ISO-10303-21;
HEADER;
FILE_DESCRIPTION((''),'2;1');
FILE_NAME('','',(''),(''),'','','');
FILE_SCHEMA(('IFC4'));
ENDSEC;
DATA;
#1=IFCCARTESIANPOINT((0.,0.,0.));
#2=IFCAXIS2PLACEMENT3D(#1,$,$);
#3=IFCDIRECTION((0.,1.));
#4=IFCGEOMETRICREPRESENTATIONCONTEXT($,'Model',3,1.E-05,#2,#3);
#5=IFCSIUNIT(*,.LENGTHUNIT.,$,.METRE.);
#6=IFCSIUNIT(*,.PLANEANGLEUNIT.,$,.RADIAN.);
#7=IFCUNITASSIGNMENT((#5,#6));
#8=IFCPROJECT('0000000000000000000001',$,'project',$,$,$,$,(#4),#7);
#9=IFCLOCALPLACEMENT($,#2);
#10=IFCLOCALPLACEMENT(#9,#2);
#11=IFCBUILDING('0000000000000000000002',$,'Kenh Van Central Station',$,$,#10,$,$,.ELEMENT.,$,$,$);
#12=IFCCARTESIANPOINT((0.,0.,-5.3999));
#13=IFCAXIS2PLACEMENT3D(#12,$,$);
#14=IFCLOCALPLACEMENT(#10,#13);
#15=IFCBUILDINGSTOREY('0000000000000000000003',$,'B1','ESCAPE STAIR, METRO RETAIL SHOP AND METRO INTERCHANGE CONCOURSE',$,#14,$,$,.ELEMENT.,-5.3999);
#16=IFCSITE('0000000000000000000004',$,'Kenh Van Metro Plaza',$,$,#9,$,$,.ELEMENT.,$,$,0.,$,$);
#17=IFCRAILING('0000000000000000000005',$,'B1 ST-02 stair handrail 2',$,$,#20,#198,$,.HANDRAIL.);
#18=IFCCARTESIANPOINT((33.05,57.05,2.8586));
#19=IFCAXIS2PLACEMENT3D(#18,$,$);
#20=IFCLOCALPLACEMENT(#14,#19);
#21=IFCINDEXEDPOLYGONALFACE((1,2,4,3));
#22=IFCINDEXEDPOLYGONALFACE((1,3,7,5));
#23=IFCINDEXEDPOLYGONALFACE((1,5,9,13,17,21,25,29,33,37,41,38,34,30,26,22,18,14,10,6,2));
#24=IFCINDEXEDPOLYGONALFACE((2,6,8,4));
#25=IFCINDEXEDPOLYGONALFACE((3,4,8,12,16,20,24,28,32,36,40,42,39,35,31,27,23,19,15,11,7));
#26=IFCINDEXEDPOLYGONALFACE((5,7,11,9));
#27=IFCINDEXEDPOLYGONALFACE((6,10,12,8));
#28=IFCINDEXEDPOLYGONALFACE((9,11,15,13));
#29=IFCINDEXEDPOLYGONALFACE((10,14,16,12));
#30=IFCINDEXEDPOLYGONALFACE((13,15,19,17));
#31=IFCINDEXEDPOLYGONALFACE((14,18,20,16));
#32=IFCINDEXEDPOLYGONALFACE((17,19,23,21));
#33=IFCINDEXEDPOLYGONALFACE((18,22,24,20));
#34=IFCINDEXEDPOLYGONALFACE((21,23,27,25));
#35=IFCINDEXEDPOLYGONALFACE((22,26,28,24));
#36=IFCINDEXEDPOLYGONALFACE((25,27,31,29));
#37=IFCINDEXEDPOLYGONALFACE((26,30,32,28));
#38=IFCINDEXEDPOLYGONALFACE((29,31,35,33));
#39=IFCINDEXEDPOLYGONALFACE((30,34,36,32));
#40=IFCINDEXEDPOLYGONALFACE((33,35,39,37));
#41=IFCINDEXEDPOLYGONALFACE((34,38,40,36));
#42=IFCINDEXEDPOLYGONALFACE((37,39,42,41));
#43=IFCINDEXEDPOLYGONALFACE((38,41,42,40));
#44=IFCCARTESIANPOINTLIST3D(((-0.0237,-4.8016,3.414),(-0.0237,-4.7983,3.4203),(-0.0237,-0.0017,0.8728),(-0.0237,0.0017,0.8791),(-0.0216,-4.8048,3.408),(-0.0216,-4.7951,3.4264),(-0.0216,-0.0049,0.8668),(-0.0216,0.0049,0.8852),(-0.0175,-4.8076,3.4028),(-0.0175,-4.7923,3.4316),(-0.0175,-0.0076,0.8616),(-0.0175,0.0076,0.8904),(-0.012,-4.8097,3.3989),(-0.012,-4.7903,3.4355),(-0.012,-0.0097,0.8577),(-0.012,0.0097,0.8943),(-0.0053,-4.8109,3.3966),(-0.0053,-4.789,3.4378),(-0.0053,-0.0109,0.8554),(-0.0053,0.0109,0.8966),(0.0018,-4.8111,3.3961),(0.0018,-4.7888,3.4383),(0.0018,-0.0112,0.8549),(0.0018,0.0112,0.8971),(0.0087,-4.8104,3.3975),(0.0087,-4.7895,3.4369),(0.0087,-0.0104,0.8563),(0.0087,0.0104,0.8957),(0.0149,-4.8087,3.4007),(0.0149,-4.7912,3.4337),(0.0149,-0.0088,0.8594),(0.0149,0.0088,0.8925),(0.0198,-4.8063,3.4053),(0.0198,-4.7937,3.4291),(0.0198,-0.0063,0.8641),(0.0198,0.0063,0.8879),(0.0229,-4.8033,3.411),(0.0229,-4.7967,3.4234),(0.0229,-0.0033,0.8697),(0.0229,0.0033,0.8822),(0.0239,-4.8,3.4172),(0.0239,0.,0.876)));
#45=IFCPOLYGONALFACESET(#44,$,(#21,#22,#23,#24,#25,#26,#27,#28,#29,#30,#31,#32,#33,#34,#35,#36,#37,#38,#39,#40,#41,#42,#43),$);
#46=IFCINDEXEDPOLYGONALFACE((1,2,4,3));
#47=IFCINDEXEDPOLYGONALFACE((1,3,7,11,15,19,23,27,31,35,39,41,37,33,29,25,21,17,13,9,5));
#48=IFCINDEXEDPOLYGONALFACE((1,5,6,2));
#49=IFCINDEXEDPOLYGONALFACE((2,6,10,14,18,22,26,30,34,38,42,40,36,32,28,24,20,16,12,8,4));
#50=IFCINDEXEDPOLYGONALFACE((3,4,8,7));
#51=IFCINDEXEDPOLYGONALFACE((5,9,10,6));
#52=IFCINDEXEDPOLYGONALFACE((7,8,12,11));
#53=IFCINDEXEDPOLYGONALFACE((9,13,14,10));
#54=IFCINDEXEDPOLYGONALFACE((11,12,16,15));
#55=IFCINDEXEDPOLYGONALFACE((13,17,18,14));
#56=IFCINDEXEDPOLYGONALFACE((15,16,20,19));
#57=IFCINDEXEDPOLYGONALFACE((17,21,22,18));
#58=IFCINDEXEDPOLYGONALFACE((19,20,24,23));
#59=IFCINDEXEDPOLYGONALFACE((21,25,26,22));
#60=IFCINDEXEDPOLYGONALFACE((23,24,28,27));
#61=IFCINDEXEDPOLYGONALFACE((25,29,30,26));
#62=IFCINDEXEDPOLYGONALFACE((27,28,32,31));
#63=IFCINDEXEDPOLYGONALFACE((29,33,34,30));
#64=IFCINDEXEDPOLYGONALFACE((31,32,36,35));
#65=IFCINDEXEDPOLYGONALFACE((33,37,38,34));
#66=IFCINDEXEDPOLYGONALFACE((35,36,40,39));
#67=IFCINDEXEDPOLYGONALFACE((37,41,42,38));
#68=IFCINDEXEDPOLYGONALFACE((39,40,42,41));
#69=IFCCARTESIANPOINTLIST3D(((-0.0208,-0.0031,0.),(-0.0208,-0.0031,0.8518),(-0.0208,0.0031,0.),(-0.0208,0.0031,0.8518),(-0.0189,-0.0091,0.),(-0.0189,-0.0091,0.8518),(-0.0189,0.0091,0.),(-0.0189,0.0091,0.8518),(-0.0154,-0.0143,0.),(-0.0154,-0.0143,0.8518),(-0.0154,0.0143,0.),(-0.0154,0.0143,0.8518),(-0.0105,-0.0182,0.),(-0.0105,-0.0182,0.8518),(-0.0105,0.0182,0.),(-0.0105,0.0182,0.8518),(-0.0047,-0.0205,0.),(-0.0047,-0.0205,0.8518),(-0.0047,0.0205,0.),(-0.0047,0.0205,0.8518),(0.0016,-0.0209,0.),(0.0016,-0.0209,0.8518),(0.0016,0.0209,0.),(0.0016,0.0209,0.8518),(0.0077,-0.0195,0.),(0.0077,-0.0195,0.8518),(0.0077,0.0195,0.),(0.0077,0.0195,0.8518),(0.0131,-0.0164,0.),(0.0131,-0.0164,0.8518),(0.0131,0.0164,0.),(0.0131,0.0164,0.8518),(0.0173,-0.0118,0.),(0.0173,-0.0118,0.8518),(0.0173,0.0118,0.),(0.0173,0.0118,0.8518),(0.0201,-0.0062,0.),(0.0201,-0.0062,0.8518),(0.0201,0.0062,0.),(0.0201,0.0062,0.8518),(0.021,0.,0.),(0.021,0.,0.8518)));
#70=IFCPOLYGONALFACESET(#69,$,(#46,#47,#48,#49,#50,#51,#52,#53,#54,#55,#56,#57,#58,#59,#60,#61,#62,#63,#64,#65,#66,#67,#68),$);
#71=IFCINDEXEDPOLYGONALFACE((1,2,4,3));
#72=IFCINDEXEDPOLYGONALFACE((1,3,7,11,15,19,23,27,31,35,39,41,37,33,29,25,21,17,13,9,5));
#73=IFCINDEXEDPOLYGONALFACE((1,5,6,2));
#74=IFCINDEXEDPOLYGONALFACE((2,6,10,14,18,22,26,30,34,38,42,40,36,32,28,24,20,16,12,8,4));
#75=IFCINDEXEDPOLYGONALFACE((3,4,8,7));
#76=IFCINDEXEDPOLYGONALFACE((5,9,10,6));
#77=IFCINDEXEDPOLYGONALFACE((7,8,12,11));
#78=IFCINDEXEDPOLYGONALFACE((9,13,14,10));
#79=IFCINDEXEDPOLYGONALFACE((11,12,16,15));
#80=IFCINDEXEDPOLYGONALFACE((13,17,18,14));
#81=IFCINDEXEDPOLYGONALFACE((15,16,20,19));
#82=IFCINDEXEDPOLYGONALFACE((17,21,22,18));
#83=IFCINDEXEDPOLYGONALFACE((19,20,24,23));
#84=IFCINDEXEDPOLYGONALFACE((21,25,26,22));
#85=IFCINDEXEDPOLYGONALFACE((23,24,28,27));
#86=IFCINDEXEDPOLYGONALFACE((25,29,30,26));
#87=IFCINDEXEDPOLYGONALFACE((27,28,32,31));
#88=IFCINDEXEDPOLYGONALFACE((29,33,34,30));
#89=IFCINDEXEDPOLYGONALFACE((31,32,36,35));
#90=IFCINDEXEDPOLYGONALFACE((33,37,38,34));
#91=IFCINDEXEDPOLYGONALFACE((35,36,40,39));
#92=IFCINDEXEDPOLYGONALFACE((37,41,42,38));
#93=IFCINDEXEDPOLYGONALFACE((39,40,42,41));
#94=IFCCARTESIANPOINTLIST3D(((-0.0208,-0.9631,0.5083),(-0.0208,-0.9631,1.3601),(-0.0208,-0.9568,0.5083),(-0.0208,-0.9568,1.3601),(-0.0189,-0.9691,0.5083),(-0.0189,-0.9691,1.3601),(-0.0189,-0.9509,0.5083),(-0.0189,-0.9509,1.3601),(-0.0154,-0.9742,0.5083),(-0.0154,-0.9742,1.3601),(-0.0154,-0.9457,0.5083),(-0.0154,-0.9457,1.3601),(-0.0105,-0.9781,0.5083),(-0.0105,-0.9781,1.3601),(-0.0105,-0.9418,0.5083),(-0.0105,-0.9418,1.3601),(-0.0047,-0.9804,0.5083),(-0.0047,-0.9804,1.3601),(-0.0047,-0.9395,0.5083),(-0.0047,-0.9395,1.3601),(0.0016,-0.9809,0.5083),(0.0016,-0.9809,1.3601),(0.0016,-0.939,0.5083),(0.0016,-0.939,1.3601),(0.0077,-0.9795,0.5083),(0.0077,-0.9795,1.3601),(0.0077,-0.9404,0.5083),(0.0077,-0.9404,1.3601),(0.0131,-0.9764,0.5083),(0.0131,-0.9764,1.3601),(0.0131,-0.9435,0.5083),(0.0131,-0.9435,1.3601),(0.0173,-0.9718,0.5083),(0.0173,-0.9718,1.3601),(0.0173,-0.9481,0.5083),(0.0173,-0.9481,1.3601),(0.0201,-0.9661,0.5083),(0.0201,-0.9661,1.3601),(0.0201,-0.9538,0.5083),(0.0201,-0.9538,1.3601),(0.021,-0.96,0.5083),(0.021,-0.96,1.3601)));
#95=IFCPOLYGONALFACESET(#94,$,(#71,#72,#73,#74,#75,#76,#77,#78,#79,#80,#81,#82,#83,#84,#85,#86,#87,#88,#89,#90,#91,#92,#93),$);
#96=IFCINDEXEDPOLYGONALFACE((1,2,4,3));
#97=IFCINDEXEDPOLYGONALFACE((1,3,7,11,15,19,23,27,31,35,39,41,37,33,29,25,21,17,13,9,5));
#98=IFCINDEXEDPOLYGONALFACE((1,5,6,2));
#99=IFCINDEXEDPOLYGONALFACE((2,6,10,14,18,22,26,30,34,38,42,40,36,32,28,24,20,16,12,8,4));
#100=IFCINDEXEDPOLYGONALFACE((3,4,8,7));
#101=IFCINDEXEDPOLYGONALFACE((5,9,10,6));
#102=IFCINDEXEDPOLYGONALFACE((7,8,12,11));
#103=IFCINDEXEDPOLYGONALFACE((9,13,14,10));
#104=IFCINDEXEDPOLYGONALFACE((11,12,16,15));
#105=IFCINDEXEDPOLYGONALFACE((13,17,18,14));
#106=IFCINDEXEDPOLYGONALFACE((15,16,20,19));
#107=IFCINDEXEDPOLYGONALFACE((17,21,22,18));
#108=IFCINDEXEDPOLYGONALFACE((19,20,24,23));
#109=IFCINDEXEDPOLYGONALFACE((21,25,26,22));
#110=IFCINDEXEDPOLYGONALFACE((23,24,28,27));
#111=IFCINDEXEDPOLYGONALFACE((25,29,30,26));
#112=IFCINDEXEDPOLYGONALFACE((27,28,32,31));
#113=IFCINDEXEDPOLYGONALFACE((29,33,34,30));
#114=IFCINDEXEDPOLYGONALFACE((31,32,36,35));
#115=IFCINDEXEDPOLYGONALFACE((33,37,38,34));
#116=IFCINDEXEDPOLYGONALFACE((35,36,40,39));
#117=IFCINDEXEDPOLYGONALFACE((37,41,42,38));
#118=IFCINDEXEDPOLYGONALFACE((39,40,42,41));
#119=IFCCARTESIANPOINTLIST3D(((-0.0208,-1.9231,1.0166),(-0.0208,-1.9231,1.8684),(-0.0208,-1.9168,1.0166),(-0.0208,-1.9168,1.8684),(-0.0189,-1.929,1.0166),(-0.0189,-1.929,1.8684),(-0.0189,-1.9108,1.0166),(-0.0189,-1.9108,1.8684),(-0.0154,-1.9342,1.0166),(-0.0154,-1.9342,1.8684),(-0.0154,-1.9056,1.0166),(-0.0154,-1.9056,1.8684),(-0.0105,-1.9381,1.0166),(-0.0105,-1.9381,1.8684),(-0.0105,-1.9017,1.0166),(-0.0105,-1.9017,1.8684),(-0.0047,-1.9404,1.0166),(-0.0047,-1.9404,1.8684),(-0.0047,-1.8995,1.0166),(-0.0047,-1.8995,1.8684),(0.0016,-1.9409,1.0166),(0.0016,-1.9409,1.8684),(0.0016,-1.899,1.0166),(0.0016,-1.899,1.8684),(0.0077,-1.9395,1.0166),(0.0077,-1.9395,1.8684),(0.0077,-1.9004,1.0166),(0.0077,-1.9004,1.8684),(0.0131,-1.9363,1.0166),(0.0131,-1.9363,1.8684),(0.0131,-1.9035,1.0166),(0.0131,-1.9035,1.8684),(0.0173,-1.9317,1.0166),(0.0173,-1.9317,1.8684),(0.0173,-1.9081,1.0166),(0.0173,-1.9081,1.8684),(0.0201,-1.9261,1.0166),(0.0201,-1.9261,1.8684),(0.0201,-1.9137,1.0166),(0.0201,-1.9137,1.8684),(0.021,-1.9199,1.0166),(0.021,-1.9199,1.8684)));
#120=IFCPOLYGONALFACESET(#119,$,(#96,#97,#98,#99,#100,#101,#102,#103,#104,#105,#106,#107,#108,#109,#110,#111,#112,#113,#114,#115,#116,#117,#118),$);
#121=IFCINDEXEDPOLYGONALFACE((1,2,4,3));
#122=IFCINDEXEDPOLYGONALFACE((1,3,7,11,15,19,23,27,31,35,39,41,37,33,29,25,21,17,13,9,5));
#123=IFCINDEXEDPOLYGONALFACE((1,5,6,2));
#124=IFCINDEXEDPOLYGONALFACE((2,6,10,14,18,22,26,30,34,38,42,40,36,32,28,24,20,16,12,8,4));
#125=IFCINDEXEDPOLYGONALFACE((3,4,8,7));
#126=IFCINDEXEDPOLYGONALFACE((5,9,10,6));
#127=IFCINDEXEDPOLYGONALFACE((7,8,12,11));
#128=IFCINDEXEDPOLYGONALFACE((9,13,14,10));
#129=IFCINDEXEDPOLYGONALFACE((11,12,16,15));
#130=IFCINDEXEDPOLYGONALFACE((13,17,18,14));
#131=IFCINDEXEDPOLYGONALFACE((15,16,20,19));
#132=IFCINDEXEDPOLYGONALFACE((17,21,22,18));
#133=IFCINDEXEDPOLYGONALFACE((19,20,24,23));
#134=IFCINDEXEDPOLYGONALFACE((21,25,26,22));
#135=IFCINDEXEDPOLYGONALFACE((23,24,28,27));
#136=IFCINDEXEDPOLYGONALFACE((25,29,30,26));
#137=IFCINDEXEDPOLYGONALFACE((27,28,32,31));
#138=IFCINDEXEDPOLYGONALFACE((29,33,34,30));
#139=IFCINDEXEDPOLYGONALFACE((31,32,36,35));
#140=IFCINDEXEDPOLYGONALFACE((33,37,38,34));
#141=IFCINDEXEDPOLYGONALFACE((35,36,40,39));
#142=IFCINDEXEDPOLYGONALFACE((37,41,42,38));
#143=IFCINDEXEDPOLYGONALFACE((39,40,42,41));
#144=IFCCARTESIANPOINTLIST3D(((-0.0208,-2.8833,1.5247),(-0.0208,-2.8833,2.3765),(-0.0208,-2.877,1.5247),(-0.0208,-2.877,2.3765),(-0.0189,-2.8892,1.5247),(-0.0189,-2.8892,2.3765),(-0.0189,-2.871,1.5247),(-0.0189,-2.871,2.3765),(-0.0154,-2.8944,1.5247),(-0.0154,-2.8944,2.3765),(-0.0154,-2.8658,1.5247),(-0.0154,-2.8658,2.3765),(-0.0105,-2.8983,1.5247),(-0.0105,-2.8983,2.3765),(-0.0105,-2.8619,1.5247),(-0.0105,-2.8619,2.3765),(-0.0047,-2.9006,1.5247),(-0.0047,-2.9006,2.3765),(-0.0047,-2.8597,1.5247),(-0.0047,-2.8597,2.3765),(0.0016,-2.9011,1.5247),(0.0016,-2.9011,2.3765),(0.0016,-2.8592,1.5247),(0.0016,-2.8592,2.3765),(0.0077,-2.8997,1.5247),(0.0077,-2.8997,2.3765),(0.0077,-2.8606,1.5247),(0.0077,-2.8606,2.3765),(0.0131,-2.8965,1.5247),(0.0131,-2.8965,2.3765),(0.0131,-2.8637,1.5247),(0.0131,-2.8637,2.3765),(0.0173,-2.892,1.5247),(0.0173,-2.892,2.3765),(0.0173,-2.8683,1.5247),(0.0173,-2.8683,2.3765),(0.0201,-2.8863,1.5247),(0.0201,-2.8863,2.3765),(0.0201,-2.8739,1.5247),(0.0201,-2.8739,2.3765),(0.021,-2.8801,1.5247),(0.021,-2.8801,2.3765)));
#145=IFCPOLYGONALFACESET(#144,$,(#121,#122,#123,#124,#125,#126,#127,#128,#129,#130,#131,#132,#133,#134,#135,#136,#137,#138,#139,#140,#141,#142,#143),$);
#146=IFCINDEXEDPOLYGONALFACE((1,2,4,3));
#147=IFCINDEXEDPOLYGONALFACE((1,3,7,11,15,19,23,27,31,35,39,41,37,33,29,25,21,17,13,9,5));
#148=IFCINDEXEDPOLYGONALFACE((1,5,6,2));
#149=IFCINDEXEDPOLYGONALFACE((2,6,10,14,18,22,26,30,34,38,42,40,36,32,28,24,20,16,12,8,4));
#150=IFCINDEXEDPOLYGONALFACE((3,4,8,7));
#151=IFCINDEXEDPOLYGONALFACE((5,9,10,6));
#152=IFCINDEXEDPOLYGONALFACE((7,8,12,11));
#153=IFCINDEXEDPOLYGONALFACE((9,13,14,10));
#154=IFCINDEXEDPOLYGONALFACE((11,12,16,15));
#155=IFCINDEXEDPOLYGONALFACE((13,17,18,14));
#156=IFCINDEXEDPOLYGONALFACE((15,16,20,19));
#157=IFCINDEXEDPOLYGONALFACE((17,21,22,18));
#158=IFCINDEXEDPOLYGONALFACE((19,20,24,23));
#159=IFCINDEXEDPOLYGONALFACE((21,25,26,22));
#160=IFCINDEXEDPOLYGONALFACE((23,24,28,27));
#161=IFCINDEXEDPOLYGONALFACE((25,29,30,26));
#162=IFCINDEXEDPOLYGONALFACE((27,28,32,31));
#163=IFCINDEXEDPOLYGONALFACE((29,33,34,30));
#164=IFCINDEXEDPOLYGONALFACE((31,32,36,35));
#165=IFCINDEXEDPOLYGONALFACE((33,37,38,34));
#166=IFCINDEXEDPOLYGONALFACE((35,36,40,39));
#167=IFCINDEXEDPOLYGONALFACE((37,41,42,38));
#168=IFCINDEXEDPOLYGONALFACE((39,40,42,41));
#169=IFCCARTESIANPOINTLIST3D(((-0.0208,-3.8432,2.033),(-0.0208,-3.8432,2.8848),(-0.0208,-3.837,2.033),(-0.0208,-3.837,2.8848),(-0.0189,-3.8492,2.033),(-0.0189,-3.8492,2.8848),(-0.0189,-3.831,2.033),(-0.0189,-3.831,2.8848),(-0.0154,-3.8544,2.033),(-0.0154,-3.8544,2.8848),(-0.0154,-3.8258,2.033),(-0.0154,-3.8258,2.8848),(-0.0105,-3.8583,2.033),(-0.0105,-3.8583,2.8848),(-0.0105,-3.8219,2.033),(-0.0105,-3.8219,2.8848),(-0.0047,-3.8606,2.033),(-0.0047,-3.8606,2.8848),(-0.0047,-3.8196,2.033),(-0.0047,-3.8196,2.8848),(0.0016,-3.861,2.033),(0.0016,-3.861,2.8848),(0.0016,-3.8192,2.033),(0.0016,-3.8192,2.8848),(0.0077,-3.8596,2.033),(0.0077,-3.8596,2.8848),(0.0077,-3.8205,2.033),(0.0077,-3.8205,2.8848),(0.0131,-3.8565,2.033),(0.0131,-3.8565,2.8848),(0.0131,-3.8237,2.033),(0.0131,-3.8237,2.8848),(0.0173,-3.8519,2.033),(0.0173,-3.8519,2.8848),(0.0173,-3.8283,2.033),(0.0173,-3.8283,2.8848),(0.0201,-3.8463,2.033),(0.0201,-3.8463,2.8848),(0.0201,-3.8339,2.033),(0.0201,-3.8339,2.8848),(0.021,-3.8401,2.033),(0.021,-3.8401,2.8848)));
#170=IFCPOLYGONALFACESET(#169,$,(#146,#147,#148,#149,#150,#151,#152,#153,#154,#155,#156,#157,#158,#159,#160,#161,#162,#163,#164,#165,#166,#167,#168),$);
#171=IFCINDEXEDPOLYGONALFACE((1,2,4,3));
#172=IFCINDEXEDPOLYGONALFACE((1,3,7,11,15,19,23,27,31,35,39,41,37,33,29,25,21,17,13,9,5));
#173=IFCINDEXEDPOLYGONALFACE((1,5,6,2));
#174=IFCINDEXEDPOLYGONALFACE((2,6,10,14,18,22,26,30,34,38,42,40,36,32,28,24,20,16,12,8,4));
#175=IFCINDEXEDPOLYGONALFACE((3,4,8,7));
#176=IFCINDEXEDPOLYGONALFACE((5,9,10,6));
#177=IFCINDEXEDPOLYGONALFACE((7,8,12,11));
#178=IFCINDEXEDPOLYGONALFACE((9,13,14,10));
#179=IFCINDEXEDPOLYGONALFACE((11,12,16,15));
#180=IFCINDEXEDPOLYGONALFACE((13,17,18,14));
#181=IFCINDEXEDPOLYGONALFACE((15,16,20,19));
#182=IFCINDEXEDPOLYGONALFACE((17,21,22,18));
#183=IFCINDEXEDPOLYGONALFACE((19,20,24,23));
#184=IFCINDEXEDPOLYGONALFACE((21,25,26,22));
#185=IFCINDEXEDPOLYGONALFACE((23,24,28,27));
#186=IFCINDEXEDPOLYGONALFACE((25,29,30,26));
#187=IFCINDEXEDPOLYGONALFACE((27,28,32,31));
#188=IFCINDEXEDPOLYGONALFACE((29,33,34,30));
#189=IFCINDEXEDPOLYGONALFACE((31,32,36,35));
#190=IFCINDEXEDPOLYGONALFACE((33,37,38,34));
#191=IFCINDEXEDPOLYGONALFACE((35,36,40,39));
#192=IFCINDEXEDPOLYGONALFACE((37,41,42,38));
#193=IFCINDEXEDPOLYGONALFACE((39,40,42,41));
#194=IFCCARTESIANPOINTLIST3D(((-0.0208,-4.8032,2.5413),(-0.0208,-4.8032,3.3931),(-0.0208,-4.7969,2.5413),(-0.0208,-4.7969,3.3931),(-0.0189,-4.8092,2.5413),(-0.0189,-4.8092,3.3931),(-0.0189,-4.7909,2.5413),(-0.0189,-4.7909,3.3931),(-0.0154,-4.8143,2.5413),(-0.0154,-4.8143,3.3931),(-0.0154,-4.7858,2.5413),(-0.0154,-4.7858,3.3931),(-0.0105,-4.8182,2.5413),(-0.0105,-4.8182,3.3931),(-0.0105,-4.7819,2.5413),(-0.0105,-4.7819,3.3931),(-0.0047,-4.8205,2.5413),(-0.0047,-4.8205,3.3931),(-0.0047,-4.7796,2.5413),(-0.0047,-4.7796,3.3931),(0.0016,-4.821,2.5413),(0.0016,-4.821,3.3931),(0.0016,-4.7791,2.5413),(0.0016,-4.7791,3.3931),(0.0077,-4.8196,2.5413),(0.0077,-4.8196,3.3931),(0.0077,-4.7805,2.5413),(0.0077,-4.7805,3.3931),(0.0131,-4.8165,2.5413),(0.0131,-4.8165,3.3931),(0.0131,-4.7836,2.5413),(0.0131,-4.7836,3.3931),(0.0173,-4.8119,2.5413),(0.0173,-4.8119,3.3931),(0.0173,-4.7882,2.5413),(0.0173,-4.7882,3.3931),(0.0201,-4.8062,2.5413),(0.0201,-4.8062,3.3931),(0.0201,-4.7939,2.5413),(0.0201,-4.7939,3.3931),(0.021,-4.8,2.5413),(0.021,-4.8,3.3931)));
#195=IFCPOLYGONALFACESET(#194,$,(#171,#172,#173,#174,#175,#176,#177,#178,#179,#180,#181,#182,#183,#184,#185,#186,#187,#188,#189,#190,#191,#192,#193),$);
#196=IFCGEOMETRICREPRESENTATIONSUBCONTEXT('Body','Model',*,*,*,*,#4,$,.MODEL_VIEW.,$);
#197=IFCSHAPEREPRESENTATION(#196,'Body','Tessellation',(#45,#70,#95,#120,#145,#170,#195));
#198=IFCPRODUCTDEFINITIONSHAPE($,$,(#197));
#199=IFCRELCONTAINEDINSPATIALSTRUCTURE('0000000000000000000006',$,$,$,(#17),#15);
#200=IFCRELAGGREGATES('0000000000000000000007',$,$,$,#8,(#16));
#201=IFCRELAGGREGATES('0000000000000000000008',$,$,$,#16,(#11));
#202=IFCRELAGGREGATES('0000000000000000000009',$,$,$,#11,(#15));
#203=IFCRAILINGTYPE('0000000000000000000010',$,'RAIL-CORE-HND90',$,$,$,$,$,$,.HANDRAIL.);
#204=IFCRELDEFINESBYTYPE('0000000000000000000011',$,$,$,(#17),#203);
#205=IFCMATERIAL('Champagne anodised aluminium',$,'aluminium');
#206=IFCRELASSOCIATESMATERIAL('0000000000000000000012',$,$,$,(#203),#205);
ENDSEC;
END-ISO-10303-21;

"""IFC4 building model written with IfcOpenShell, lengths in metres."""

from ifc_helpers import new_model, si_unit, direction, frame, origin, origin_2d, place, context, subcontext, project, spatial, circle, extrude, material, type_object, element, save


model = new_model("IFC4")

# Units and contexts
model_context = context("Model", 3, precision=1e-05, world=origin(), true_north=direction((0.0, 1.0)))
body_context = subcontext(model_context, "Body", "Model", "MODEL_VIEW")
ifc_project = project(units=[si_unit("LENGTHUNIT", "METRE"), si_unit("PLANEANGLEUNIT", "RADIAN")], contexts=[model_context])

# Site, building, storey
site_placement = place(None, origin())
site = spatial("IfcSite", under=ifc_project, at=site_placement, Name="Kenh Van Metro Plaza", CompositionType="ELEMENT", RefElevation=0.0)
building_placement = place(site_placement, origin())
building = spatial("IfcBuilding", under=site, at=building_placement, Name="Kenh Van Central Station", CompositionType="ELEMENT")
storey_placement = place(building_placement, frame((0.0, 0.0, -5.3999)))
storey = spatial("IfcBuildingStorey", under=building, at=storey_placement, Name="B1", Description="ESCAPE STAIR, METRO RETAIL SHOP AND METRO INTERCHANGE CONCOURSE", CompositionType="ELEMENT", Elevation=-5.3999)

# Shared definitions
ifc_material_1 = material(Name="Champagne anodised aluminium", Category="aluminium")

# Railing
railing_type_1 = type_object("IfcRailingType", Name="RAIL-CORE-HND90", PredefinedType="HANDRAIL", material=ifc_material_1)
railing_1_placement = place(storey_placement, frame((33.05, 57.05, 2.8586)))
element("IfcRailing", 1, at=railing_1_placement, inside=storey, type_object=railing_type_1, Name="B1 ST-02 stair handrail 2", PredefinedType="HANDRAIL", context=body_context, shape_type="SweptSolid", body=[
    extrude(circle(Radius=0.0239, at=origin_2d()), frame((0.0, 0.0, 0.876), z_axis=(0.0, -0.883784, 0.467896), x_axis=(1.0, 0.0, 0.0)), (0.0, 0.0, 1.0), 5.4312),
    extrude(circle(Radius=0.021, at=origin_2d()), origin(), (0.0, 0.0, 1.0), 0.8518),
    extrude(circle(Radius=0.021, at=origin_2d()), frame((0.0, -0.96, 0.5083)), (0.0, 0.0, 1.0), 0.8518),
    extrude(circle(Radius=0.021, at=origin_2d()), frame((0.0, -1.9199, 1.0166)), (0.0, 0.0, 1.0), 0.8518),
    extrude(circle(Radius=0.021, at=origin_2d()), frame((0.0, -2.8801, 1.5247)), (0.0, 0.0, 1.0), 0.8518),
    extrude(circle(Radius=0.021, at=origin_2d()), frame((0.0, -3.8401, 2.033)), (0.0, 0.0, 1.0), 0.8518),
    extrude(circle(Radius=0.021, at=origin_2d()), frame((0.0, -4.8, 2.5413)), (0.0, 0.0, 1.0), 0.8518),
])

save(model, "model.ifc")
